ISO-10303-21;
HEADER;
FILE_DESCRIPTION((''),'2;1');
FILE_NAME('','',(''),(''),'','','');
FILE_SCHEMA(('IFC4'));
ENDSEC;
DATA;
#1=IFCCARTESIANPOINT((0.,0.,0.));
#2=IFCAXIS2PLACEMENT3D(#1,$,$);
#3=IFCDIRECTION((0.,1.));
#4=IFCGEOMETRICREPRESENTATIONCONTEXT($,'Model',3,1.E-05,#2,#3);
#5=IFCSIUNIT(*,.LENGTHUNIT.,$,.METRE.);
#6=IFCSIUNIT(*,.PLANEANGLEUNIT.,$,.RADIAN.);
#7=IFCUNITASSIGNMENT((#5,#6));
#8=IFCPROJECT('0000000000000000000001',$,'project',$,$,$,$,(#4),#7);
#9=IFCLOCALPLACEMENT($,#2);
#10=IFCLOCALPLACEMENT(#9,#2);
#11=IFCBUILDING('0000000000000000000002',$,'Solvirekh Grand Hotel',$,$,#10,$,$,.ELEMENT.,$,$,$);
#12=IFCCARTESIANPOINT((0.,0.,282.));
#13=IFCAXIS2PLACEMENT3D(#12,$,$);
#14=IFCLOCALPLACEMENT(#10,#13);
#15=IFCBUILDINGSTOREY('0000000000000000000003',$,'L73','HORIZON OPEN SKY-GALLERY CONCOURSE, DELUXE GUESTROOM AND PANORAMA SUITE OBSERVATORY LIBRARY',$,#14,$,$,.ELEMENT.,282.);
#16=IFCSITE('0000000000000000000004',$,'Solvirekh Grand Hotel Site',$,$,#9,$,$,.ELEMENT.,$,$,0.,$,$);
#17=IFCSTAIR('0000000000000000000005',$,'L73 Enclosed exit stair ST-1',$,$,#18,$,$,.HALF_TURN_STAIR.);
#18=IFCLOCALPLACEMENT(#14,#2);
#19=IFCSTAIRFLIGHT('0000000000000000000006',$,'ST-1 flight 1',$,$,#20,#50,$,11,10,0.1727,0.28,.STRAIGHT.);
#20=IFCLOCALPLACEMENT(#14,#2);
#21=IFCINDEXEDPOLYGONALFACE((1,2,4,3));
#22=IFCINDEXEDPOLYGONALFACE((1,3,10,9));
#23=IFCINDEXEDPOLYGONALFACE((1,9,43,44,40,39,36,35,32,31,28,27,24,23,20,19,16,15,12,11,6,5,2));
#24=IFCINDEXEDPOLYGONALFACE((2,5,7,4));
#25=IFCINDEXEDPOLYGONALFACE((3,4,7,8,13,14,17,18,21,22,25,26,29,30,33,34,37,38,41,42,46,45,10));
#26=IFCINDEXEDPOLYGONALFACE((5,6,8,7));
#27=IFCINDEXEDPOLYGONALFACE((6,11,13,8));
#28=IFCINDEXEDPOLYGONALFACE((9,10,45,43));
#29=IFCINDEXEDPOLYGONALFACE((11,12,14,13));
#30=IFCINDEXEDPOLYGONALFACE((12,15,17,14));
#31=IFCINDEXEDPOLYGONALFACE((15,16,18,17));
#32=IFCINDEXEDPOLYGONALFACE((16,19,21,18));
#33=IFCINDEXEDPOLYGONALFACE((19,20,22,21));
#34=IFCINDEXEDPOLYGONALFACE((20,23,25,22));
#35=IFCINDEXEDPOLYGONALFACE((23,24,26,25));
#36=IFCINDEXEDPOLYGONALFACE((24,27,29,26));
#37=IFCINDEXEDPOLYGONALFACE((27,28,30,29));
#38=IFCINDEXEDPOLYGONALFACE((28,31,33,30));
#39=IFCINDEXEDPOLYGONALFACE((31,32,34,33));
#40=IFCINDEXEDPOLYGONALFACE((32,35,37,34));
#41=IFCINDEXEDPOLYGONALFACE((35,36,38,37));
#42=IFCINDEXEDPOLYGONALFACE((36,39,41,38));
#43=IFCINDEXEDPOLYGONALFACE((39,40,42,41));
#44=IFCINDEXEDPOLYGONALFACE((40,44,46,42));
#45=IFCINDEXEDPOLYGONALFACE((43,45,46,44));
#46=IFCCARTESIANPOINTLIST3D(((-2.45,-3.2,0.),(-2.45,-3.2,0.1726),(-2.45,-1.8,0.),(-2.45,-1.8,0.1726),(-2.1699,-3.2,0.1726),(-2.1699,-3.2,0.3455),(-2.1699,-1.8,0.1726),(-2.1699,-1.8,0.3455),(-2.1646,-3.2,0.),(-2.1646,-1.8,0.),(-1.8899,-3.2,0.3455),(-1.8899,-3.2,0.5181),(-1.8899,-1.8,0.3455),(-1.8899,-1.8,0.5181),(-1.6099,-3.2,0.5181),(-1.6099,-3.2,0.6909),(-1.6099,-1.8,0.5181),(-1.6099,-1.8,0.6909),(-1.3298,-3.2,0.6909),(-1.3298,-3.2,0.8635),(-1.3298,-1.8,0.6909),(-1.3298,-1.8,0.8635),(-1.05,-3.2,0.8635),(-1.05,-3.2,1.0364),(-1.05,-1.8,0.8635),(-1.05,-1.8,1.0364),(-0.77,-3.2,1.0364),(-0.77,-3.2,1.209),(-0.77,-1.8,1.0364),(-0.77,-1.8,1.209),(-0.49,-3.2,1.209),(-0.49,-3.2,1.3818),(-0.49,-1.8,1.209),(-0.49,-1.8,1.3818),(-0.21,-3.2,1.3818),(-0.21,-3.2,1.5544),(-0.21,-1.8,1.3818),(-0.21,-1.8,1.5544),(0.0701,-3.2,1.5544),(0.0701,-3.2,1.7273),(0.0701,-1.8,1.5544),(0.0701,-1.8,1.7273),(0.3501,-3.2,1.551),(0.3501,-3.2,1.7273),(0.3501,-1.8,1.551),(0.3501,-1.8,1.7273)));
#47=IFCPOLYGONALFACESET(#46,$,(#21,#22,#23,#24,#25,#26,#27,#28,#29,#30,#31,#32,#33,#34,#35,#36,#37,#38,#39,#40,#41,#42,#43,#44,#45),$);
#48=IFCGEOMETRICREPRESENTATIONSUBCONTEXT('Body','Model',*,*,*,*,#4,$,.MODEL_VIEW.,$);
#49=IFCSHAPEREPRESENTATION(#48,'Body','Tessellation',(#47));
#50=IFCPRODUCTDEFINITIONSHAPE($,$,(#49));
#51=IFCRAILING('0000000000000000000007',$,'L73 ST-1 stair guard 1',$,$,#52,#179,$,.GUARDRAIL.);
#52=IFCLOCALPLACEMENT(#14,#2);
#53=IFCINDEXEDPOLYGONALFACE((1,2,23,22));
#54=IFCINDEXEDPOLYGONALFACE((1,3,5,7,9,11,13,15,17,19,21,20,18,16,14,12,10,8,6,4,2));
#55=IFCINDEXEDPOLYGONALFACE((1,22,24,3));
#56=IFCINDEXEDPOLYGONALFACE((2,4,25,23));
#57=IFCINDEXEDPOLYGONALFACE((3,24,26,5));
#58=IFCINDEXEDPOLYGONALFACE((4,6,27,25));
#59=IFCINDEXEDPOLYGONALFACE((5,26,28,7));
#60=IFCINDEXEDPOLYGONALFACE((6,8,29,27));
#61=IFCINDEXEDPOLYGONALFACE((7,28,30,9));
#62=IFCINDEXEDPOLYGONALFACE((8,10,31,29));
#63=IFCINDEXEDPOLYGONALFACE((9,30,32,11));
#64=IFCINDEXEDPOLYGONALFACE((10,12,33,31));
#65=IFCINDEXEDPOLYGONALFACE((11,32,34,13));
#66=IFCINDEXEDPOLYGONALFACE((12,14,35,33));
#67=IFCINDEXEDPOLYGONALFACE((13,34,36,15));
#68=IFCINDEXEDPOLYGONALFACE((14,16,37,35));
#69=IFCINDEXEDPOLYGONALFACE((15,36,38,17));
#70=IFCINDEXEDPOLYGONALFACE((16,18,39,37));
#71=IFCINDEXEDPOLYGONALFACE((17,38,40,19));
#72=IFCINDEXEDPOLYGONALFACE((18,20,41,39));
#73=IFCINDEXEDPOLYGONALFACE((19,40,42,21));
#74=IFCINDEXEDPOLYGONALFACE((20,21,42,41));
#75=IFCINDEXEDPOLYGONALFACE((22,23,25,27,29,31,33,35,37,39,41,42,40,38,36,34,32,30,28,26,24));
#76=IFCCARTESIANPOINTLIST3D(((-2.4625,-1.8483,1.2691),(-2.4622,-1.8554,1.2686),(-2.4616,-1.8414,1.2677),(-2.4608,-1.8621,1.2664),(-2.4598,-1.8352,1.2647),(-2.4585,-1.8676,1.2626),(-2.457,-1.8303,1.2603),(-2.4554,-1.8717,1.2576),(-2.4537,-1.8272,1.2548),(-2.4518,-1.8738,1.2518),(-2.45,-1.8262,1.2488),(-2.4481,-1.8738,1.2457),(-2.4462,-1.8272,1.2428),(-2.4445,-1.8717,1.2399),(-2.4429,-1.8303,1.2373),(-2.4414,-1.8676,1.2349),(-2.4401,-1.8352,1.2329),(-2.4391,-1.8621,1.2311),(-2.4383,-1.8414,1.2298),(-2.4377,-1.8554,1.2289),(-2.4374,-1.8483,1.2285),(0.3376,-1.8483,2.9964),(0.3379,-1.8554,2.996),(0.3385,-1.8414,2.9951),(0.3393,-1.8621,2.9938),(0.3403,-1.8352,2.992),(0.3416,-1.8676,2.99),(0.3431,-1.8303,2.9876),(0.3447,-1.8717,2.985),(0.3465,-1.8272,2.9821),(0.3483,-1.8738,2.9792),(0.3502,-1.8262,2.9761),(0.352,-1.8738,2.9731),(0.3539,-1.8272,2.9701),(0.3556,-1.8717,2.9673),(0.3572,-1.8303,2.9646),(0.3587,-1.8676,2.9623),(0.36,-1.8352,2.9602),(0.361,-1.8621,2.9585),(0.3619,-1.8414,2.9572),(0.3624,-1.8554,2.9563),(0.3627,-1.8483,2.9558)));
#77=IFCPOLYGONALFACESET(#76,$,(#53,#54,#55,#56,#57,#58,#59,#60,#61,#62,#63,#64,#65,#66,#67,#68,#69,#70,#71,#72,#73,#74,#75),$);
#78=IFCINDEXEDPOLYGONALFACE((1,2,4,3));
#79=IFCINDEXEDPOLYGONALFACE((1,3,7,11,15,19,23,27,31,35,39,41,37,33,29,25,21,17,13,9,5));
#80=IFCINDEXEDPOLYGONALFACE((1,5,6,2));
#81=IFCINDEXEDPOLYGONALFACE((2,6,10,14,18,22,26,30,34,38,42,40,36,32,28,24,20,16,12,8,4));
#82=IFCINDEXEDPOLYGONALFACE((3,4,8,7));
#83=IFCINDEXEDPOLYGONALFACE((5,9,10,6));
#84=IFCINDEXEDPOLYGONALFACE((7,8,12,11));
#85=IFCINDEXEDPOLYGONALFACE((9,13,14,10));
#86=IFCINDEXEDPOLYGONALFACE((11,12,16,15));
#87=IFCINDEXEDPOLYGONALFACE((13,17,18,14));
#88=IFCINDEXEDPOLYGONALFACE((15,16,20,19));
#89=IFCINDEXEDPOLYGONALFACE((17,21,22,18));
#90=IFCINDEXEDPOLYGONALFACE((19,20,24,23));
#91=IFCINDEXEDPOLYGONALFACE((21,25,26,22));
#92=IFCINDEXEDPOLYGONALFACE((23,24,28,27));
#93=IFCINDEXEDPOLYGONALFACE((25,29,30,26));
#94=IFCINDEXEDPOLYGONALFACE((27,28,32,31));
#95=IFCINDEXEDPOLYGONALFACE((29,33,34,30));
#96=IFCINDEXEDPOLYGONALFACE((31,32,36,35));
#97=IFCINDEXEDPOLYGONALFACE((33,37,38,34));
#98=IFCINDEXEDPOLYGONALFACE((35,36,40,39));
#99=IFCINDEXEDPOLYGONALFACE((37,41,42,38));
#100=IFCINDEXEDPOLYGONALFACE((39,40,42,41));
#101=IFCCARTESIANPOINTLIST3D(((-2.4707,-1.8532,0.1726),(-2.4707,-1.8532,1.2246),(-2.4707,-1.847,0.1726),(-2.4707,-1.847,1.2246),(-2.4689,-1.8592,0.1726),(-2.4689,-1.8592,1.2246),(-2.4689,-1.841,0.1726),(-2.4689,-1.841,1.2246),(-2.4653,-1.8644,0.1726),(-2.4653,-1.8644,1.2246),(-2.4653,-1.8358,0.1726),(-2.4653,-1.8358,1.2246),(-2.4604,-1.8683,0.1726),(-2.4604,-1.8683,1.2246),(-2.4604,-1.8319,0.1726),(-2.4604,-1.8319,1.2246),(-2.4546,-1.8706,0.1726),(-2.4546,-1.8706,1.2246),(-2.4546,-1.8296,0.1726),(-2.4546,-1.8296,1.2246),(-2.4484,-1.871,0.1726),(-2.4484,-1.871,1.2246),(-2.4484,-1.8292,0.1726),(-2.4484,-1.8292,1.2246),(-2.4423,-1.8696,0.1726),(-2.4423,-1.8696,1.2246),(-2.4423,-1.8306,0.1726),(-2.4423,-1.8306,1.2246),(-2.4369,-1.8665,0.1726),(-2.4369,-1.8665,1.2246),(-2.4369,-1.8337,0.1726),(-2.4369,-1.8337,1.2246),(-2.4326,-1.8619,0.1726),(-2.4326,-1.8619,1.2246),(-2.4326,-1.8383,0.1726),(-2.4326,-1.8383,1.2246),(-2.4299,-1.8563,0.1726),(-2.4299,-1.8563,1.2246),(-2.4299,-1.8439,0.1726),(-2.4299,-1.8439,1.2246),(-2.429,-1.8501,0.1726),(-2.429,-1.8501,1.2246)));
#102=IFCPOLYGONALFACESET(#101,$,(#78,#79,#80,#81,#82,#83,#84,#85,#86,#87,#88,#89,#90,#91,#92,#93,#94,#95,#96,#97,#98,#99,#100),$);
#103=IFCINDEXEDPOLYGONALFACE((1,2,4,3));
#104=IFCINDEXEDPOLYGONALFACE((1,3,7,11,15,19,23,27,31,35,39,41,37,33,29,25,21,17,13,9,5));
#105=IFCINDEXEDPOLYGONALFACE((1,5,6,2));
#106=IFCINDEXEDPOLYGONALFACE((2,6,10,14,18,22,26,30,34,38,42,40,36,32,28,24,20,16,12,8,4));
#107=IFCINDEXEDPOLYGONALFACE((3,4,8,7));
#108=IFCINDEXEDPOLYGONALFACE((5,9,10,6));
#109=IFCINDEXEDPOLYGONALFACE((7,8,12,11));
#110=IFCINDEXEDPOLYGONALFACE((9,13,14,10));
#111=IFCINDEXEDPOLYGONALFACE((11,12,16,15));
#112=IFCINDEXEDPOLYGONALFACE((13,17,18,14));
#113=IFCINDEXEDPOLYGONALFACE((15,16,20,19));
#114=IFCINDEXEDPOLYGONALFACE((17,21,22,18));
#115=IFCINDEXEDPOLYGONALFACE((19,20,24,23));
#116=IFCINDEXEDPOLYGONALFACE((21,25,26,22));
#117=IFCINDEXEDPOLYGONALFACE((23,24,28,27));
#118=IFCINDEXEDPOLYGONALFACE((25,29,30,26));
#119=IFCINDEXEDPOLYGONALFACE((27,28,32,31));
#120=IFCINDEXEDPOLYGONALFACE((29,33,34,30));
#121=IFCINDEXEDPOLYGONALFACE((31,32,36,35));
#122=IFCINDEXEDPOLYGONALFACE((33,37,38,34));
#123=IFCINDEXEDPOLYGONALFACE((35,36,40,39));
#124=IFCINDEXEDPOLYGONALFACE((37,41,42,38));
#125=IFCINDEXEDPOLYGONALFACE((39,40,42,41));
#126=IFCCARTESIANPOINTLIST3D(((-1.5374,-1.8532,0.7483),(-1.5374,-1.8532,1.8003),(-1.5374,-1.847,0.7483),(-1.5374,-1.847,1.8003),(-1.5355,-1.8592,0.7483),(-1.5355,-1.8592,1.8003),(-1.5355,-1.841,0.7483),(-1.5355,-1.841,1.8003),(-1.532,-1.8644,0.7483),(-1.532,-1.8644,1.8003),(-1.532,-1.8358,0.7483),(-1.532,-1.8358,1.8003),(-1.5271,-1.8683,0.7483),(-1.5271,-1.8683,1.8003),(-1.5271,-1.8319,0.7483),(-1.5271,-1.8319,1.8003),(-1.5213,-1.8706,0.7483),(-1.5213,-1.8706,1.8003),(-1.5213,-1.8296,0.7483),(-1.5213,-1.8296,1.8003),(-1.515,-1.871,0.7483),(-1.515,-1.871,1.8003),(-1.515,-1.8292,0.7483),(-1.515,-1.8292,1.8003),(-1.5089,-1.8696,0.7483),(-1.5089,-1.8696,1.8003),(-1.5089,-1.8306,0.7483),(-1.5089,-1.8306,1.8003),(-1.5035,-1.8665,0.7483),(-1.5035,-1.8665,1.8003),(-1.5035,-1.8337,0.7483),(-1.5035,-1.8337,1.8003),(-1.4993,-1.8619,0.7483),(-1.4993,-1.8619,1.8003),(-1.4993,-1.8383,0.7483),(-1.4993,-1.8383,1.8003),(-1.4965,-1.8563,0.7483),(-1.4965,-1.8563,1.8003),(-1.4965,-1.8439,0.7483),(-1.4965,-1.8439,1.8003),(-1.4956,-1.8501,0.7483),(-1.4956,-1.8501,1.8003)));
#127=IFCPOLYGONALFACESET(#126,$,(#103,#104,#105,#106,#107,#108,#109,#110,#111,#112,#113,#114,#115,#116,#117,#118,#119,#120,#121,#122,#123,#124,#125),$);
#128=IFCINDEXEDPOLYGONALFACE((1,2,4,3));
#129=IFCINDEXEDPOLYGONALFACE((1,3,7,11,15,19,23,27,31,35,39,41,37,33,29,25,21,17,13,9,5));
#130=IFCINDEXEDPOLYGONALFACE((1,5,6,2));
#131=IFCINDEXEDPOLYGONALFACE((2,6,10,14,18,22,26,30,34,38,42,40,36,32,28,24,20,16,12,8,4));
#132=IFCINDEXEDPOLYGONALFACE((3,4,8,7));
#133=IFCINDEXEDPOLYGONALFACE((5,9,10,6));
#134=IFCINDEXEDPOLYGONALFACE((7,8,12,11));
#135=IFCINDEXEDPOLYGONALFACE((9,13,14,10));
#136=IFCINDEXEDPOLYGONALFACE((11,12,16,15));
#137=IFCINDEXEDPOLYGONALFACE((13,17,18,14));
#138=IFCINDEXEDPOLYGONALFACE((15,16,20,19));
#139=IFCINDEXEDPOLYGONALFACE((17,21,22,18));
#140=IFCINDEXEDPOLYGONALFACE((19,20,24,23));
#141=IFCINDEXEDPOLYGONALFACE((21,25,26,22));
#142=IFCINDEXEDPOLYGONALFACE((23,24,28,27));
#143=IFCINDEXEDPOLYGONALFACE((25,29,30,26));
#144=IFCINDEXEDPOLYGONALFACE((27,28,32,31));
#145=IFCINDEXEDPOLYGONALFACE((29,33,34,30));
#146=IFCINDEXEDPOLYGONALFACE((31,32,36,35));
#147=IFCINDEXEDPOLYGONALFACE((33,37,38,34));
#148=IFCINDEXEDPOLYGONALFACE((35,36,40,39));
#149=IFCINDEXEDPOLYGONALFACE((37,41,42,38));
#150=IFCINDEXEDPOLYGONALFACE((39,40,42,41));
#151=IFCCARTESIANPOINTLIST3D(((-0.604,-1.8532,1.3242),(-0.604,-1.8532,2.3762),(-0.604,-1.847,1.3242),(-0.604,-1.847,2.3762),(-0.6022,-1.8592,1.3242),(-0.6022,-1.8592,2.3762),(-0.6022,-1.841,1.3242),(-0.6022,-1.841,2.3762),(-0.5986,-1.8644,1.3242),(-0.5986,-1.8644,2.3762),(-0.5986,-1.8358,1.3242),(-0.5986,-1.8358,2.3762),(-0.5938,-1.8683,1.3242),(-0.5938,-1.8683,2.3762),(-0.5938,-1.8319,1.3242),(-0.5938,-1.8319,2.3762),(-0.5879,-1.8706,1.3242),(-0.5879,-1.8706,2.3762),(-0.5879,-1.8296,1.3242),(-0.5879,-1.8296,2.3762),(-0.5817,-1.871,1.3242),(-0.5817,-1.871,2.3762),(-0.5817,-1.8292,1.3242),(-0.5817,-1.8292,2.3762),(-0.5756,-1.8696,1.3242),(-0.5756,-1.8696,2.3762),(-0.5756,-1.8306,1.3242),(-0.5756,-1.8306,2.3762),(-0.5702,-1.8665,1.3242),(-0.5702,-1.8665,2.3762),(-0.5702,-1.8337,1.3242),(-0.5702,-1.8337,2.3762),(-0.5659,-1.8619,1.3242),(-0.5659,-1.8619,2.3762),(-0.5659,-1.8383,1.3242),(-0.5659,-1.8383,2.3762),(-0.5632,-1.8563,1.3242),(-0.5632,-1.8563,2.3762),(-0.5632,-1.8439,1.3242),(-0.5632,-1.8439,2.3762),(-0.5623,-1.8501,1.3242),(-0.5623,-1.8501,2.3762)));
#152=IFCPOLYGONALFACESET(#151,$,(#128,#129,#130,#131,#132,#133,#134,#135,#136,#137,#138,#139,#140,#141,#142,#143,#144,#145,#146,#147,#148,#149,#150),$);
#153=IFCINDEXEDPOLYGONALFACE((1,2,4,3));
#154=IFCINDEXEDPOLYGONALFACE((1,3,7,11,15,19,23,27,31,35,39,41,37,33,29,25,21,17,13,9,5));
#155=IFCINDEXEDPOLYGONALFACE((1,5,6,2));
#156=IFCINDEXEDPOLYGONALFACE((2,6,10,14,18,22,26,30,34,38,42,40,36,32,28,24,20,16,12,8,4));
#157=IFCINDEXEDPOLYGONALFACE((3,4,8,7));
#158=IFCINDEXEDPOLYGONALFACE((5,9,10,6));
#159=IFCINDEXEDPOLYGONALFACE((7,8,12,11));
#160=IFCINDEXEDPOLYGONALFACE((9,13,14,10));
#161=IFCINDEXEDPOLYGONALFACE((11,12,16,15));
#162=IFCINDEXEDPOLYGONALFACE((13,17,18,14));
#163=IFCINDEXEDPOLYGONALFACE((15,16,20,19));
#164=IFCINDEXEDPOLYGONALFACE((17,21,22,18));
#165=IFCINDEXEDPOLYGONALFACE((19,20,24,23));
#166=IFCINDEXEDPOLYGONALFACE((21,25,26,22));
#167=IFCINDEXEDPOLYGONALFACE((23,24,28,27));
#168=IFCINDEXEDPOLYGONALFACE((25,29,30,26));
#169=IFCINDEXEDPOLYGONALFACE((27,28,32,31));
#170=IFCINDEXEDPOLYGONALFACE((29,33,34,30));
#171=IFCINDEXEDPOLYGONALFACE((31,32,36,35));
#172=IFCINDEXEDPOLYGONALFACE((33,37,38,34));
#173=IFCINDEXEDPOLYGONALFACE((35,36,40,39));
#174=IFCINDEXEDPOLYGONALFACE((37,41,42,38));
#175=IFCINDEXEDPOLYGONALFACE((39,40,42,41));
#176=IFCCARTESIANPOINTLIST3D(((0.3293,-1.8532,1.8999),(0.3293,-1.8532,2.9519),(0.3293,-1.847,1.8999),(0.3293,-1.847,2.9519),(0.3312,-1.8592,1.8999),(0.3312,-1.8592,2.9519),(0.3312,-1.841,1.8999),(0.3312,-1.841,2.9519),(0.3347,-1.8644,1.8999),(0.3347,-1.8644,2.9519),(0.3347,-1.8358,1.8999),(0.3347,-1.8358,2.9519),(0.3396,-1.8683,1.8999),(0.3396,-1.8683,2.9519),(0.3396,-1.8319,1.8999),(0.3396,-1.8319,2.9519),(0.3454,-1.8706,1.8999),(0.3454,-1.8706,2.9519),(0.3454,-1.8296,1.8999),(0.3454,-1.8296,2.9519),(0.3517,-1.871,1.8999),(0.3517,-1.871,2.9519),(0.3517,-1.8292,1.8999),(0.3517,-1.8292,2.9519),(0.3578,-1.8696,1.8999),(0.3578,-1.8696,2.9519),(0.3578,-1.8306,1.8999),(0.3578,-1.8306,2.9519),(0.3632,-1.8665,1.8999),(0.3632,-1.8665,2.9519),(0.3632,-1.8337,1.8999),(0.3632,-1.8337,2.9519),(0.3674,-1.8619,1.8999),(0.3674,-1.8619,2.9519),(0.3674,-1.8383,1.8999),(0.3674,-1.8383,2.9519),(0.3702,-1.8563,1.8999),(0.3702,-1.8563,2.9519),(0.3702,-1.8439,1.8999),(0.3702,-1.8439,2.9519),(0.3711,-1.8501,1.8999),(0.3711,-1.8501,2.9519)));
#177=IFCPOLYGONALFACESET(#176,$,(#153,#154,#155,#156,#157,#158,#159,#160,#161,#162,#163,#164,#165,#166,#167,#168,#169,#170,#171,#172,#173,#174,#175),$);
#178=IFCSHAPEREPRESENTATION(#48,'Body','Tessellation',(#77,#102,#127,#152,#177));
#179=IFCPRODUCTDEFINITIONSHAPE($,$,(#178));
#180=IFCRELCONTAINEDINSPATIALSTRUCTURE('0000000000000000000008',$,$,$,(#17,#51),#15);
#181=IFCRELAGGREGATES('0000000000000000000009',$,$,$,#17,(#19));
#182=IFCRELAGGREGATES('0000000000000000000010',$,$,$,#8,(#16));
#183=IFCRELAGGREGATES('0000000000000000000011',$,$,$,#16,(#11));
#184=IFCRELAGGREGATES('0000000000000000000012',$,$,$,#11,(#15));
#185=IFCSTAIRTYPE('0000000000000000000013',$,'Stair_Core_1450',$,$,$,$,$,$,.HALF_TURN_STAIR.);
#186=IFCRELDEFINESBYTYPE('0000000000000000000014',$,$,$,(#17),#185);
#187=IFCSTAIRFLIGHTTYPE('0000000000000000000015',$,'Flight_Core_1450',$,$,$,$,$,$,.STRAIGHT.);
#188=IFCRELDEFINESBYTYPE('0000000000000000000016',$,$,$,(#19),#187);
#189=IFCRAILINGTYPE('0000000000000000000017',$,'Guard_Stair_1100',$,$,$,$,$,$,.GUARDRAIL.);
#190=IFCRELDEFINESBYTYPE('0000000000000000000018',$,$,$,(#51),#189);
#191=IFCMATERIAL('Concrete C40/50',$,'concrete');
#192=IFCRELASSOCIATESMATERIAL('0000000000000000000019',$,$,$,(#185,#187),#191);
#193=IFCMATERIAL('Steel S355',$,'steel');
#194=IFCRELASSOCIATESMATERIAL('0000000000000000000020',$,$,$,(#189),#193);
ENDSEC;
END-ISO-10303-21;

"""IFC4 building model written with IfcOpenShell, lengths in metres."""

from ifc_helpers import new_model, si_unit, direction, frame, origin, origin_2d, place, context, subcontext, project, spatial, polyline, circle, outline, extrude, material, type_object, element, aggregate, save


model = new_model("IFC4")

# Units and contexts
model_context = context("Model", 3, precision=1e-05, world=origin(), true_north=direction((0.0, 1.0)))
body_context = subcontext(model_context, "Body", "Model", "MODEL_VIEW")
ifc_project = project(units=[si_unit("LENGTHUNIT", "METRE"), si_unit("PLANEANGLEUNIT", "RADIAN")], contexts=[model_context])

# Site, building, storey
site_placement = place(None, origin())
site = spatial("IfcSite", under=ifc_project, at=site_placement, Name="Solvirekh Grand Hotel Site", CompositionType="ELEMENT", RefElevation=0.0)
building_placement = place(site_placement, origin())
building = spatial("IfcBuilding", under=site, at=building_placement, Name="Solvirekh Grand Hotel", CompositionType="ELEMENT")
storey_placement = place(building_placement, frame((0.0, 0.0, 282.0)))
storey = spatial("IfcBuildingStorey", under=building, at=storey_placement, Name="L73", Description="HORIZON OPEN SKY-GALLERY CONCOURSE, DELUXE GUESTROOM AND PANORAMA SUITE OBSERVATORY LIBRARY", CompositionType="ELEMENT", Elevation=282.0)

# Shared definitions
ifc_material_1 = material(Name="Steel S355", Category="steel")

# Shared definitions
ifc_material_2 = material(Name="Concrete C40/50", Category="concrete")

# Stair, stair flight
stair_type = type_object("IfcStairType", Name="Stair_Core_1450", PredefinedType="HALF_TURN_STAIR", material=ifc_material_2)
stair_placement = place(storey_placement, origin())
stair = element("IfcStair", 1, at=stair_placement, inside=storey, type_object=stair_type, Name="L73 Enclosed exit stair ST-1", PredefinedType="HALF_TURN_STAIR")
stair_flight_type = type_object("IfcStairFlightType", Name="Flight_Core_1450", PredefinedType="STRAIGHT", material=ifc_material_2)
stair_flight_placement = place(storey_placement, frame((-2.45, -2.5, 0.0), z_axis=(0.0, 0.0, 1.0), x_axis=(1.0, 0.0, 0.0)))
stair_flight = element("IfcStairFlight", 2, at=stair_flight_placement, type_object=stair_flight_type, Name="ST-1 flight 1", NumberOfRisers=11, NumberOfTreads=10, PredefinedType="STRAIGHT", RiserHeight=0.1727, TreadLength=0.28, context=body_context, shape_type="SweptSolid", body=[
    extrude(outline(polyline([(0.0, 0.0), (0.0, 0.1726), (0.28, 0.1726), (0.28, 0.3455), (0.5601, 0.3455), (0.5601, 0.5181), (0.8401, 0.5181), (0.8401, 0.6909), (1.1201, 0.6909), (1.1201, 0.8635), (1.3999, 0.8635), (1.3999, 1.0364), (1.6799, 1.0364), (1.6799, 1.209), (1.96, 1.209), (1.96, 1.3818), (2.24, 1.3818), (2.24, 1.5544), (2.52, 1.5544), (2.52, 1.7273), (2.8, 1.7273), (2.8, 1.8999), (2.8, 1.551), (0.2854, 0.0), (0.0, 0.0)])), frame((0.0, 0.7, 0.0), z_axis=(0.0, -1.0, 0.0), x_axis=(1.0, 0.0, 0.0)), (0.0, 0.0, 1.0), 1.3999),
])
aggregate(stair, [stair_flight])

# Railing
railing_type_1 = type_object("IfcRailingType", Name="Guard_Stair_1100", PredefinedType="GUARDRAIL", material=ifc_material_1)
railing_1_placement = place(storey_placement, frame((-2.45, -1.8501, 0.1726)))
element("IfcRailing", 3, at=railing_1_placement, inside=storey, type_object=railing_type_1, Name="L73 ST-1 stair guard 1", PredefinedType="GUARDRAIL", context=body_context, shape_type="SweptSolid", body=[
    extrude(circle(Radius=0.0239, at=origin_2d()), frame((0.0, 0.0, 1.0762), z_axis=(0.85109, 0.0, 0.52502), x_axis=(0.0, 1.0, 0.0)), (0.0, 0.0, 1.0), 3.29),
    extrude(circle(Radius=0.021, at=origin_2d()), origin(), (0.0, 0.0, 1.0), 1.052),
    extrude(circle(Radius=0.021, at=origin_2d()), frame((0.9333, 0.0, 0.5757)), (0.0, 0.0, 1.0), 1.052),
    extrude(circle(Radius=0.021, at=origin_2d()), frame((1.8667, 0.0, 1.1516)), (0.0, 0.0, 1.0), 1.052),
    extrude(circle(Radius=0.021, at=origin_2d()), frame((2.8, 0.0, 1.7273)), (0.0, 0.0, 1.0), 1.052),
])

save(model, "model.ifc")
